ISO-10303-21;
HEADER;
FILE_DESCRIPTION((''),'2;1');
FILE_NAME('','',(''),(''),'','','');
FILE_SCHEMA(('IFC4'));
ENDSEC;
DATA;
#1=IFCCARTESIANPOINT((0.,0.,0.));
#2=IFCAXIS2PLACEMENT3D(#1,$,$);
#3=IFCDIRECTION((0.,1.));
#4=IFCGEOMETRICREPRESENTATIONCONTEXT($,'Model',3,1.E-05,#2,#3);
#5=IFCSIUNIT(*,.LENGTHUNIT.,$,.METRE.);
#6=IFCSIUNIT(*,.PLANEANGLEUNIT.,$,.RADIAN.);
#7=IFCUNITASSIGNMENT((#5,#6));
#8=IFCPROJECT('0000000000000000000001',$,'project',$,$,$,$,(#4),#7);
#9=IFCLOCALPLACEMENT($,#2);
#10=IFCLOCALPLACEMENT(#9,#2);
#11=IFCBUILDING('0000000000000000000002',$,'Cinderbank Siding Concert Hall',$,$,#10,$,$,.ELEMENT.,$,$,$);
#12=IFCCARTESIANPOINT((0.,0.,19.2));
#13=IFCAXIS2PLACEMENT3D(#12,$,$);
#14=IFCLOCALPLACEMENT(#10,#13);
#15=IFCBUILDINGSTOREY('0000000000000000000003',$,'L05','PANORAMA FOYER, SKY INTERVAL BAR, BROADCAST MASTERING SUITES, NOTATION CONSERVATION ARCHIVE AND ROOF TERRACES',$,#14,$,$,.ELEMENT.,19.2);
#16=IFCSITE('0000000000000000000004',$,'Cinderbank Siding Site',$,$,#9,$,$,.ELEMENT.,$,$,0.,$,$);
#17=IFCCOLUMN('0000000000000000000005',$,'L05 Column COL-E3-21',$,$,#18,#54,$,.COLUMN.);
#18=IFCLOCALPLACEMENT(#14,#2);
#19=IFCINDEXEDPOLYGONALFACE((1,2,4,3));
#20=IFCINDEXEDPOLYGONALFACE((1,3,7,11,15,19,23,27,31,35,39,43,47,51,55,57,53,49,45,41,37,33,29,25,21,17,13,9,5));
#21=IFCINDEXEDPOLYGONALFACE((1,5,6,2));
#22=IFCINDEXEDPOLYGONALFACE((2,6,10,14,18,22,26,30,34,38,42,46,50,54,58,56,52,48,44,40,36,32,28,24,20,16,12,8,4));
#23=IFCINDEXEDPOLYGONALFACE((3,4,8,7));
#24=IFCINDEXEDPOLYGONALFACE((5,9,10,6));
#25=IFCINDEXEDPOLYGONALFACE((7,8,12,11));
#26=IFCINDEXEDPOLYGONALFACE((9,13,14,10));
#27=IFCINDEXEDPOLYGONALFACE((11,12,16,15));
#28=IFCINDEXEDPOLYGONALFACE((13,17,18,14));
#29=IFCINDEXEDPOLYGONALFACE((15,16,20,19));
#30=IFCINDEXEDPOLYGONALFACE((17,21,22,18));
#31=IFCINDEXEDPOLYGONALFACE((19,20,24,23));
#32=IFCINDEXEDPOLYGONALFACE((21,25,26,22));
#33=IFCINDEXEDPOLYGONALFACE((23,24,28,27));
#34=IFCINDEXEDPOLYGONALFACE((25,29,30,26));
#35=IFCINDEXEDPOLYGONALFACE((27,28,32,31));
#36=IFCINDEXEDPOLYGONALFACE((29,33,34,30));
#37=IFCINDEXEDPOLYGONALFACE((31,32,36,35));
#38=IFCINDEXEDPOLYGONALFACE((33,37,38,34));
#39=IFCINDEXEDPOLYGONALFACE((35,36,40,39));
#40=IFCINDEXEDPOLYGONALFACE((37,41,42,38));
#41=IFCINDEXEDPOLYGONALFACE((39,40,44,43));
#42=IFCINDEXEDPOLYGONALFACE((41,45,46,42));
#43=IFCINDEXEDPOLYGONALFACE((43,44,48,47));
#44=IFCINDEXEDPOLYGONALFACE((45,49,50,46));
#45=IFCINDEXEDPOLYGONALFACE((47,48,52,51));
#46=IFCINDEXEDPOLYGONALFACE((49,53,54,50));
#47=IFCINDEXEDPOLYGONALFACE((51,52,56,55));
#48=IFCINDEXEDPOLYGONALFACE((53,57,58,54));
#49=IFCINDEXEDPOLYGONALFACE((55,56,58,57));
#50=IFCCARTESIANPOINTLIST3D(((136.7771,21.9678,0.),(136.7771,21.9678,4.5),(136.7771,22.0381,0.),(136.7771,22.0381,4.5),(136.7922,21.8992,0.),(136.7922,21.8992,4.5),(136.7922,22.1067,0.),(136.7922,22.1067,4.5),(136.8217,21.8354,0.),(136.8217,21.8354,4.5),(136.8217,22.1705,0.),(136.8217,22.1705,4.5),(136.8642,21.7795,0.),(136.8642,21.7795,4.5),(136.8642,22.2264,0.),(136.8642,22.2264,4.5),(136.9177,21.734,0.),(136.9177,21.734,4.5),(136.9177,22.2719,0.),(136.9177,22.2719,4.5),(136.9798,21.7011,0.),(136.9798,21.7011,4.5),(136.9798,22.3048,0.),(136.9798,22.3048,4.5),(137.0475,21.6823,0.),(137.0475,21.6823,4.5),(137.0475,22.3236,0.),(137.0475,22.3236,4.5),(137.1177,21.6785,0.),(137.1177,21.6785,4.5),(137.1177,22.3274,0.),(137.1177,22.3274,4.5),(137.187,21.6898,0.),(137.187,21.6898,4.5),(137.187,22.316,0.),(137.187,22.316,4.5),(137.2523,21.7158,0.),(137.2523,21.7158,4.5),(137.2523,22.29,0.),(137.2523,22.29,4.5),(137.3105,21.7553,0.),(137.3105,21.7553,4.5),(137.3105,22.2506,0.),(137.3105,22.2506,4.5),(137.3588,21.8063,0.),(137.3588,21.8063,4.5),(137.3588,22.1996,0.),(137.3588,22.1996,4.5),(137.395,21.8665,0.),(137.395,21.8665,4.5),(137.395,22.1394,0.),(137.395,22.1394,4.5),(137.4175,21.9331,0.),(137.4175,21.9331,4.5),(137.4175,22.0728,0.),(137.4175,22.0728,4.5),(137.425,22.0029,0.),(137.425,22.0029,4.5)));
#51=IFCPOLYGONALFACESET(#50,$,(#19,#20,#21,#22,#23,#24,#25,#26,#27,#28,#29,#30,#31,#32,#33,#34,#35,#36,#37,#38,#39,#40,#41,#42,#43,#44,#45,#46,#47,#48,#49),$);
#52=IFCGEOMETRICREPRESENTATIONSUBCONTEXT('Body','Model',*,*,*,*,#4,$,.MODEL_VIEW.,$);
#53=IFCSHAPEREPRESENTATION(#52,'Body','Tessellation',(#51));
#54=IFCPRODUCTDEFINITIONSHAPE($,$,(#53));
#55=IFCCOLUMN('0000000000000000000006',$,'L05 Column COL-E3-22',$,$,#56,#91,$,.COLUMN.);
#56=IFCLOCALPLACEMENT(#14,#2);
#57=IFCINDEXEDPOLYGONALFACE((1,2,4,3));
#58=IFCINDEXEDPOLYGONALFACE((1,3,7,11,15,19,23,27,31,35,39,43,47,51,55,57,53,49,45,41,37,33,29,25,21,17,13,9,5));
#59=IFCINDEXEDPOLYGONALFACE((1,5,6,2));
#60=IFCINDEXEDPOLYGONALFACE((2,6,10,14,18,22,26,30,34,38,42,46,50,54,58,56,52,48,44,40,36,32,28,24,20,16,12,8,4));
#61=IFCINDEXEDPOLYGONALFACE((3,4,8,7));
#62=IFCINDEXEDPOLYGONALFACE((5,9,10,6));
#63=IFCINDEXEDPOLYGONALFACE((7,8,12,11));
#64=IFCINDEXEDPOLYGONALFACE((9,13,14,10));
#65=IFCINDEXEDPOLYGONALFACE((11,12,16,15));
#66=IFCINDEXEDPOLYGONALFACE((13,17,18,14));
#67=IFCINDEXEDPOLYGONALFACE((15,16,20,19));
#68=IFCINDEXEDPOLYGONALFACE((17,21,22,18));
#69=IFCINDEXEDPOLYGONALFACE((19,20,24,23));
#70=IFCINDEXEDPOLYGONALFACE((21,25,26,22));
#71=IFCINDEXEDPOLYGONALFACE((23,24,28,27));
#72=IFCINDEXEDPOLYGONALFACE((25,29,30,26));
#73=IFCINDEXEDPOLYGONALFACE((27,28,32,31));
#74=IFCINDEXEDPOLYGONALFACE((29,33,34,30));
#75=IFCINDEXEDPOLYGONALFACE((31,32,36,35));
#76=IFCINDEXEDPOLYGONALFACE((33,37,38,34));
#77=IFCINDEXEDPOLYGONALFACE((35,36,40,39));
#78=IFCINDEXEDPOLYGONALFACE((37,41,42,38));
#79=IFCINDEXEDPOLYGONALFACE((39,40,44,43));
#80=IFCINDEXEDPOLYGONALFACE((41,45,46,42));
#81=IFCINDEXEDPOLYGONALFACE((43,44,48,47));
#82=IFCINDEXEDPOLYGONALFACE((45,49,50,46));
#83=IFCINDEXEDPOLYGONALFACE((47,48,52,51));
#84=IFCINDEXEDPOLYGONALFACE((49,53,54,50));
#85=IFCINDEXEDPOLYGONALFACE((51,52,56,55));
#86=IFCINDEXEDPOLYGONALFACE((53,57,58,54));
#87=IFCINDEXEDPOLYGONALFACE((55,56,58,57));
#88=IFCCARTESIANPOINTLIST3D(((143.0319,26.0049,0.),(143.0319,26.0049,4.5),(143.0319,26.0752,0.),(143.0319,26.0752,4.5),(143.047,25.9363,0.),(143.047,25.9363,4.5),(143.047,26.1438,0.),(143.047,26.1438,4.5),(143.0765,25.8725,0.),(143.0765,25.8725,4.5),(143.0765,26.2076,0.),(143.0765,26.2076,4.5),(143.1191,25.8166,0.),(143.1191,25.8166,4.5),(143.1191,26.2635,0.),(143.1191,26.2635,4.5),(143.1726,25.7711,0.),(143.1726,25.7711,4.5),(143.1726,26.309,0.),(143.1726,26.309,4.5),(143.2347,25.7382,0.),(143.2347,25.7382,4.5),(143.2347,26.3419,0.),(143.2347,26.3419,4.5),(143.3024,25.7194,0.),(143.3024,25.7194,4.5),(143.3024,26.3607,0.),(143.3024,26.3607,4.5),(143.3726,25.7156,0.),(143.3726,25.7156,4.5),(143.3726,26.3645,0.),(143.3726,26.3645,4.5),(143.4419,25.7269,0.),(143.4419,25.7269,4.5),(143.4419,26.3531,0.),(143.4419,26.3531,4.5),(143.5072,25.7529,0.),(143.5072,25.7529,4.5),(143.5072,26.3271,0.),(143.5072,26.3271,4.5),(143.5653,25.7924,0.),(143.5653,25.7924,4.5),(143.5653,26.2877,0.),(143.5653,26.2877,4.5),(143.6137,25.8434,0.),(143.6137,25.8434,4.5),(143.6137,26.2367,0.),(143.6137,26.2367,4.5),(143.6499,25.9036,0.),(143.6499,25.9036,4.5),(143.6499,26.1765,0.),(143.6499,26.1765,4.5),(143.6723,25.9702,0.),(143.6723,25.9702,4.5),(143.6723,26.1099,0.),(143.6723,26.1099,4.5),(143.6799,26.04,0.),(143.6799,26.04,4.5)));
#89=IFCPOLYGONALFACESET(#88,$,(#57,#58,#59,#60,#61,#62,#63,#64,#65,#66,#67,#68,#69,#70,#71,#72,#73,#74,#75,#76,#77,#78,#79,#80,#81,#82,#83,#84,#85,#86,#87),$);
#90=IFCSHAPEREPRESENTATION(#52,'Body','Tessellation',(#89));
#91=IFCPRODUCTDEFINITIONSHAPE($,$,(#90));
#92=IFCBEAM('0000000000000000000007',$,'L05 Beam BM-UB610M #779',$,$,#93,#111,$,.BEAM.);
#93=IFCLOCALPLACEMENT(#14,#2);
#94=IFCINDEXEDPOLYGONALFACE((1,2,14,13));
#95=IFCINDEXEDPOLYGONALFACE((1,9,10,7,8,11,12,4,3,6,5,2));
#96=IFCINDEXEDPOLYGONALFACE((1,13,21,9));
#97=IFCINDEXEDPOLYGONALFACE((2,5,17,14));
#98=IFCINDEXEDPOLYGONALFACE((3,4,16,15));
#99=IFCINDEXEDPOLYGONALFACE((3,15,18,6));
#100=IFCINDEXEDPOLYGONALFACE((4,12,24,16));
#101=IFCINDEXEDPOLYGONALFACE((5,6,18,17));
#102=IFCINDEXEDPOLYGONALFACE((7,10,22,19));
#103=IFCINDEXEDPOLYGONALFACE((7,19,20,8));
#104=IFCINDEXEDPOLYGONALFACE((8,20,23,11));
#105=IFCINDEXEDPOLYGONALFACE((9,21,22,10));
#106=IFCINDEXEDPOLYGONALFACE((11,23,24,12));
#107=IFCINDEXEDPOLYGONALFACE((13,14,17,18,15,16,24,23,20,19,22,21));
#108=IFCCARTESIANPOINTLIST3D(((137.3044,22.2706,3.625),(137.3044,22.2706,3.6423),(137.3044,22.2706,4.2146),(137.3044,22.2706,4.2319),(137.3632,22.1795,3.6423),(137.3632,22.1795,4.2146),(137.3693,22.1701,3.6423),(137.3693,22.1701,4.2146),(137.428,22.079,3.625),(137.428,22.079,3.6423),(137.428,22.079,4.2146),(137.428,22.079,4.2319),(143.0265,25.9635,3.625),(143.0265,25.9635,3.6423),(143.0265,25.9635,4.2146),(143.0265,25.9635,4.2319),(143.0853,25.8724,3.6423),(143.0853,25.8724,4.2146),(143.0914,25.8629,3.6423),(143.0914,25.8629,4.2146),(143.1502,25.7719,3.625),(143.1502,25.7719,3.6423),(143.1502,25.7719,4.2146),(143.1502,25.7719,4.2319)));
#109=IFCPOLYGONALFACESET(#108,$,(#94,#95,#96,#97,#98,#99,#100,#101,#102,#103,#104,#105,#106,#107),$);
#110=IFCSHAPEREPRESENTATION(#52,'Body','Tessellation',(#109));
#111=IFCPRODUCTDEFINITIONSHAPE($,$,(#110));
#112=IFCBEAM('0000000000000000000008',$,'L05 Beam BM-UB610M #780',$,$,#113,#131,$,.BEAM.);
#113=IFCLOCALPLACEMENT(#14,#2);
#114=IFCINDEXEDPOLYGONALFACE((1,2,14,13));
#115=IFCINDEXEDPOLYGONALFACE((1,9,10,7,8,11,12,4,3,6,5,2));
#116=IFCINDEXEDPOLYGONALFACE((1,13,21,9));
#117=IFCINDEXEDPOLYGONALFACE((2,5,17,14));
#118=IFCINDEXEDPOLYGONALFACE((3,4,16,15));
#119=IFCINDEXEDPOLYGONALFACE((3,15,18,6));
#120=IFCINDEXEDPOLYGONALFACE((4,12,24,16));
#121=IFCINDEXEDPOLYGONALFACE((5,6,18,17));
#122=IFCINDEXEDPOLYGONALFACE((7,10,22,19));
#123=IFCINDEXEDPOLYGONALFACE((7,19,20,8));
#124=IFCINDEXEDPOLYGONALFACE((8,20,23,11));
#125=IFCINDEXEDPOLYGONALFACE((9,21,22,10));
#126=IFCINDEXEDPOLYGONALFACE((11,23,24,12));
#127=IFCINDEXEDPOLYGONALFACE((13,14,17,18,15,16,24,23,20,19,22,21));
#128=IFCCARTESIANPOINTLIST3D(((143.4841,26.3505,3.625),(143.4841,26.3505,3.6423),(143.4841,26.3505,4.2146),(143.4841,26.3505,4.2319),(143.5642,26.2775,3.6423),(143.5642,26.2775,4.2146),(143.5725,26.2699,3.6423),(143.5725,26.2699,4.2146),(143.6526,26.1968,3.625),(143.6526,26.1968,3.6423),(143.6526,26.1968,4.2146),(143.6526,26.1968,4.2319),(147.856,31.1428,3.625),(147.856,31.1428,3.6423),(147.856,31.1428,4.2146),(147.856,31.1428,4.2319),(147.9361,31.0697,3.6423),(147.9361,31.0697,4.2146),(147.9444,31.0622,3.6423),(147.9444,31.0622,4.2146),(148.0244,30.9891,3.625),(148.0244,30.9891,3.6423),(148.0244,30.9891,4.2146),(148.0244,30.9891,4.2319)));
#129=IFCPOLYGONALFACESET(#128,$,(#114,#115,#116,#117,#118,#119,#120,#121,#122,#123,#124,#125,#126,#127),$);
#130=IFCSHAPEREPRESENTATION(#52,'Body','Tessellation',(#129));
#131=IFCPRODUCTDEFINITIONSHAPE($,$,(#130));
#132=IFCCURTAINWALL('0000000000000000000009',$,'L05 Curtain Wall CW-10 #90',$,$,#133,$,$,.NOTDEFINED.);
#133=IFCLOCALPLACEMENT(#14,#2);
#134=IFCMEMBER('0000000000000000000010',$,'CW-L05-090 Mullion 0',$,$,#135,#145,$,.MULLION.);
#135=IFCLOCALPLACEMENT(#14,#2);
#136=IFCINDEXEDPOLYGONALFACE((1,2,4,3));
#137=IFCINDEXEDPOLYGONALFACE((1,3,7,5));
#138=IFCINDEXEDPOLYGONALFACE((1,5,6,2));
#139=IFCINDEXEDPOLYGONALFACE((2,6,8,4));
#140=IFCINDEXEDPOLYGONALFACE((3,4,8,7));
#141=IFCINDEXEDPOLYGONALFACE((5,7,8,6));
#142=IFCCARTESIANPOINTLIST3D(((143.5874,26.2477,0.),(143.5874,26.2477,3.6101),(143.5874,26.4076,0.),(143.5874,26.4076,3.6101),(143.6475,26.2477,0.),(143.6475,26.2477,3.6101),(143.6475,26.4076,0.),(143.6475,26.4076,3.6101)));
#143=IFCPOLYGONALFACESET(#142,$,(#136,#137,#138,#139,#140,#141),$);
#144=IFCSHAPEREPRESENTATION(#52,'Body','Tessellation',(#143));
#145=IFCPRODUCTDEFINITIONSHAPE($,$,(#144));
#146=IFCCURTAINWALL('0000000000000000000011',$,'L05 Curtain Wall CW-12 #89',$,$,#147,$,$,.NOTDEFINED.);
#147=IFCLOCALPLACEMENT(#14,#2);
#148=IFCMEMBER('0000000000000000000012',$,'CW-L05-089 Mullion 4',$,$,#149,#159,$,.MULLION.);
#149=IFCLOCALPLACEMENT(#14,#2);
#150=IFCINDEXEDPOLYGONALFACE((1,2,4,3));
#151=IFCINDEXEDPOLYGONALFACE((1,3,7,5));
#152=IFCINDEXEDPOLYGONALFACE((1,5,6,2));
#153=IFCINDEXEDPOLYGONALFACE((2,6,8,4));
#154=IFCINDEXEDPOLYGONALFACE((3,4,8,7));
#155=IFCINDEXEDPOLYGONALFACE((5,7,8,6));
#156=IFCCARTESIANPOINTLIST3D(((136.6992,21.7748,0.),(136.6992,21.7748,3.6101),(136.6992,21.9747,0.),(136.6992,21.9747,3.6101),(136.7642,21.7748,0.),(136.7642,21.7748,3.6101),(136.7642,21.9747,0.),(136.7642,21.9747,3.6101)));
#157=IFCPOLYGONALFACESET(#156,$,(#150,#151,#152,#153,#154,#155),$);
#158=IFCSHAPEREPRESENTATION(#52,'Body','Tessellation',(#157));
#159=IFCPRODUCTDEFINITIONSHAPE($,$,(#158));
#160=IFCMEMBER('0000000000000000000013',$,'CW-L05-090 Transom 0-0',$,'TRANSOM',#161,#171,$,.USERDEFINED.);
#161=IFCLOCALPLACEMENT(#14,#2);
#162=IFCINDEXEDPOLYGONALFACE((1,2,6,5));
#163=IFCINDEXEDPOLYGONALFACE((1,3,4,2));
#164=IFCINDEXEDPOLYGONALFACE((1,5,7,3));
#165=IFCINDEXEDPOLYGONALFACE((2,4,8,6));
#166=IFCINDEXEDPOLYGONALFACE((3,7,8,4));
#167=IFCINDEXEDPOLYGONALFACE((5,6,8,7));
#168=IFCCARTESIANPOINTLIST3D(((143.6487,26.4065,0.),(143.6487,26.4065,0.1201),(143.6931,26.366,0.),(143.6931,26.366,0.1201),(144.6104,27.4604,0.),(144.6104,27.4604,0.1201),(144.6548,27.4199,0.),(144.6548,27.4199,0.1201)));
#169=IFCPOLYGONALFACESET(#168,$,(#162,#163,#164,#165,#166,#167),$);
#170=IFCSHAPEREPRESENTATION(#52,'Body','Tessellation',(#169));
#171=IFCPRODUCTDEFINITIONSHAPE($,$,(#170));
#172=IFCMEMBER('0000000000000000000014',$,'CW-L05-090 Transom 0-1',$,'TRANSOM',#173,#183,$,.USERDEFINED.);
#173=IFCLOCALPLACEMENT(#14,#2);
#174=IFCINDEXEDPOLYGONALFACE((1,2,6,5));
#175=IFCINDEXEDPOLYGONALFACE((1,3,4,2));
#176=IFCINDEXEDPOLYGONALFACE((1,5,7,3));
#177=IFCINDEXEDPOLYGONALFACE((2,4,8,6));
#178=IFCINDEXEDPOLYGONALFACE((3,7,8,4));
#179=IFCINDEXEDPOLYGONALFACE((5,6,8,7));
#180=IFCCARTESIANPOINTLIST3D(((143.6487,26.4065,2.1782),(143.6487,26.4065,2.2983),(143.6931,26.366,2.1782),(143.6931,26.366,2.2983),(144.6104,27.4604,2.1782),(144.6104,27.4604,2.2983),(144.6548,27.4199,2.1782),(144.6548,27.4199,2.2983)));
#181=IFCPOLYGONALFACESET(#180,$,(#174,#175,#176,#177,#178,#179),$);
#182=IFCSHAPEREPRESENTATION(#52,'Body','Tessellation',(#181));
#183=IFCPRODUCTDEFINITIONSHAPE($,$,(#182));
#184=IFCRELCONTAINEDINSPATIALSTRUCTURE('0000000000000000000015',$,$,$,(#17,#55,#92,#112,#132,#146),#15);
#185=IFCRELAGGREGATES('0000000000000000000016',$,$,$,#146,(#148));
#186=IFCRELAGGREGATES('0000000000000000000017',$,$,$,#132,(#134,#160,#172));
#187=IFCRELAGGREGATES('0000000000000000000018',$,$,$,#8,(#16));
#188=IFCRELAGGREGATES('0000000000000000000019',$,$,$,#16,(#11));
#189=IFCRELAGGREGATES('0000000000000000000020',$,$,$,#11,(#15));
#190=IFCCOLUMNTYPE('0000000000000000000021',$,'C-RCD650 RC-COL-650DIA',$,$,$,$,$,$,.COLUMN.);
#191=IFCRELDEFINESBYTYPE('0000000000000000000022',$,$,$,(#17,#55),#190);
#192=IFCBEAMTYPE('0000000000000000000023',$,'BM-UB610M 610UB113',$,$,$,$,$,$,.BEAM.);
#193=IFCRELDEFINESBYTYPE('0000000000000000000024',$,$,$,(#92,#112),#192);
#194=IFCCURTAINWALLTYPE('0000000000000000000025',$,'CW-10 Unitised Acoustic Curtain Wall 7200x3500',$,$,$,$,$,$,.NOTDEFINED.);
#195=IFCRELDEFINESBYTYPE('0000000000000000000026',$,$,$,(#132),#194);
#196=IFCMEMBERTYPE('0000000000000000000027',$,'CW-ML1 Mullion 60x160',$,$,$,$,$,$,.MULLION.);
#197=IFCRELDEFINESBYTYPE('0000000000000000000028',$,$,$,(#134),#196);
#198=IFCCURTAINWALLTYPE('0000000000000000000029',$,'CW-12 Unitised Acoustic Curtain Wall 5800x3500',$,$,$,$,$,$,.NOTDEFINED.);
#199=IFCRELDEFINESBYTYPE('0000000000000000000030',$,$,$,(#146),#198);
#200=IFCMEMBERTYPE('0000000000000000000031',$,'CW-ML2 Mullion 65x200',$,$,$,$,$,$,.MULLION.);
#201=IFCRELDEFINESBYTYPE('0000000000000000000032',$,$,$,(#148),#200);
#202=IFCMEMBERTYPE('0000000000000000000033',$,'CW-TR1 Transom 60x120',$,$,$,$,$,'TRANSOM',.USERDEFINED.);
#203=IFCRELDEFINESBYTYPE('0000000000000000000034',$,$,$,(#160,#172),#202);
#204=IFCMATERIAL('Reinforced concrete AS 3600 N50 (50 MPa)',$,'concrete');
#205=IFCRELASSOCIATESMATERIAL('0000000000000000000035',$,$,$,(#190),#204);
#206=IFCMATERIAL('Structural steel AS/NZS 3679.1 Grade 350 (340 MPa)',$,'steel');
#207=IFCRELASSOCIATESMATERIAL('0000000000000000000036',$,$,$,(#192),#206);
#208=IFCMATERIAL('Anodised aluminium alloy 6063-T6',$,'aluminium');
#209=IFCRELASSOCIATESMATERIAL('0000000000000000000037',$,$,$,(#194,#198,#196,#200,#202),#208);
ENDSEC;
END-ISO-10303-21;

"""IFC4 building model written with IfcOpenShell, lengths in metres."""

from ifc_helpers import new_model, si_unit, direction, frame, origin, origin_2d, place, context, subcontext, project, spatial, rectangle, circle, i_section, extrude, material, material_profile, profile_set, type_object, element, aggregate, save


model = new_model("IFC4")

# Units and contexts
model_context = context("Model", 3, precision=1e-05, world=origin(), true_north=direction((0.0, 1.0)))
body_context = subcontext(model_context, "Body", "Model", "MODEL_VIEW")
ifc_project = project(units=[si_unit("LENGTHUNIT", "METRE"), si_unit("PLANEANGLEUNIT", "RADIAN")], contexts=[model_context])

# Site, building, storey
site_placement = place(None, origin())
site = spatial("IfcSite", under=ifc_project, at=site_placement, Name="Cinderbank Siding Site", CompositionType="ELEMENT", RefElevation=0.0)
building_placement = place(site_placement, origin())
building = spatial("IfcBuilding", under=site, at=building_placement, Name="Cinderbank Siding Concert Hall", CompositionType="ELEMENT")
storey_placement = place(building_placement, frame((0.0, 0.0, 19.2)))
storey = spatial("IfcBuildingStorey", under=building, at=storey_placement, Name="L05", Description="PANORAMA FOYER, SKY INTERVAL BAR, BROADCAST MASTERING SUITES, NOTATION CONSERVATION ARCHIVE AND ROOF TERRACES", CompositionType="ELEMENT", Elevation=19.2)

# Columns
ifc_material_1 = material(Name="Reinforced concrete AS 3600 N50 (50 MPa)", Category="concrete")
ifc_material_profile_1 = material_profile(ifc_material_1, circle(Radius=0.325, at=origin_2d()), Name="RC-COL-650DIA", Category="LoadBearing")
ifc_profile_set_1 = profile_set([ifc_material_profile_1], Name="Reinforced concrete AS 3600 N50 (50 MPa)")
column_type = type_object("IfcColumnType", Name="C-RCD650 RC-COL-650DIA", PredefinedType="COLUMN", material=ifc_profile_set_1)
for number, where, z_axis, x_axis, name in (
    (1, (137.1001, 22.0029, 0.0), (0.0, 0.0, 1.0), (1.0, 0.0, 0.0), "L05 Column COL-E3-21"),
    (2, (143.355, 26.04, 0.0), (0.0, 0.0, 1.0), (1.0, 0.0, 0.0), "L05 Column COL-E3-22"),
):
    element("IfcColumn", number, at=place(storey_placement, frame(where, z_axis=z_axis, x_axis=x_axis)), inside=storey, type_object=column_type, Name=name, PredefinedType="COLUMN", context=body_context, shape_type="SweptSolid", body=[
        extrude(circle(Radius=0.325, at=origin_2d()), origin(), (0.0, 0.0, 1.0), 4.5),
    ])

# Beams
ifc_material_2 = material(Name="Structural steel AS/NZS 3679.1 Grade 350 (340 MPa)", Category="steel")
ifc_material_profile_2 = material_profile(ifc_material_2, i_section(OverallWidth=0.228, OverallDepth=0.6069, WebThickness=0.0112, FlangeThickness=0.0173, at=origin_2d()), Name="610UB113", Category="LoadBearing")
ifc_profile_set_2 = profile_set([ifc_material_profile_2], Name="Structural steel AS/NZS 3679.1 Grade 350 (340 MPa)")
beam_type = type_object("IfcBeamType", Name="BM-UB610M 610UB113", PredefinedType="BEAM", material=ifc_profile_set_2)
beam_1_placement = place(storey_placement, frame((137.3662, 22.1748, 3.9285), z_axis=(0.84022, 0.542246, 0.0), x_axis=(-0.542246, 0.84022, 0.0)))
element("IfcBeam", 3, at=beam_1_placement, inside=storey, type_object=beam_type, Name="L05 Beam BM-UB610M #779", PredefinedType="BEAM", context=body_context, shape_type="SweptSolid", body=[
    extrude(i_section(OverallWidth=0.228, OverallDepth=0.6069, WebThickness=0.0112, FlangeThickness=0.0173, at=origin_2d()), origin(), (0.0, 0.0, 1.0), 6.8103),
])
beam_2_placement = place(storey_placement, frame((143.5684, 26.2737, 3.9285), z_axis=(0.673959, 0.738769, 0.0), x_axis=(-0.738769, 0.673959, 0.0)))
element("IfcBeam", 4, at=beam_2_placement, inside=storey, type_object=beam_type, Name="L05 Beam BM-UB610M #780", PredefinedType="BEAM", context=body_context, shape_type="SweptSolid", body=[
    extrude(i_section(OverallWidth=0.228, OverallDepth=0.6069, WebThickness=0.0112, FlangeThickness=0.0173, at=origin_2d()), origin(), (0.0, 0.0, 1.0), 6.4868),
])

# Curtain walls, members
ifc_material_3 = material(Name="Anodised aluminium alloy 6063-T6", Category="aluminium")
curtain_wall_type_1 = type_object("IfcCurtainWallType", Name="CW-10 Unitised Acoustic Curtain Wall 7200x3500", PredefinedType="NOTDEFINED", material=ifc_material_3)
curtain_wall_1_placement = place(storey_placement, origin())
curtain_wall_1 = element("IfcCurtainWall", 5, at=curtain_wall_1_placement, inside=storey, type_object=curtain_wall_type_1, Name="L05 Curtain Wall CW-10 #90", PredefinedType="NOTDEFINED")
ifc_material_profile_3 = material_profile(ifc_material_3, rectangle(XDim=0.0601, YDim=0.1599, at=origin_2d()), Name="ALU-MULL-60x160", Category="LoadBearing")
ifc_profile_set_3 = profile_set([ifc_material_profile_3], Name="Anodised aluminium alloy 6063-T6")
member_type_1 = type_object("IfcMemberType", Name="CW-ML1 Mullion 60x160", PredefinedType="MULLION", material=ifc_profile_set_3)
member_1_placement = place(storey_placement, frame((143.6174, 26.3276, 0.0), z_axis=(0.0, 0.0, 1.0), x_axis=(1.0, 0.0, 0.0)))
member_1 = element("IfcMember", 6, at=member_1_placement, type_object=member_type_1, Name="CW-L05-090 Mullion 0", PredefinedType="MULLION", context=body_context, shape_type="SweptSolid", body=[
    extrude(rectangle(XDim=0.0601, YDim=0.1599, at=origin_2d()), origin(), (0.0, 0.0, 1.0), 3.6101),
])
curtain_wall_type_2 = type_object("IfcCurtainWallType", Name="CW-12 Unitised Acoustic Curtain Wall 5800x3500", PredefinedType="NOTDEFINED", material=ifc_material_3)
curtain_wall_2_placement = place(storey_placement, origin())
curtain_wall_2 = element("IfcCurtainWall", 7, at=curtain_wall_2_placement, inside=storey, type_object=curtain_wall_type_2, Name="L05 Curtain Wall CW-12 #89", PredefinedType="NOTDEFINED")
ifc_material_profile_4 = material_profile(ifc_material_3, rectangle(XDim=0.0649, YDim=0.2, at=origin_2d()), Name="ALU-MULL-65x200", Category="LoadBearing")
ifc_profile_set_4 = profile_set([ifc_material_profile_4], Name="Anodised aluminium alloy 6063-T6")
member_type_2 = type_object("IfcMemberType", Name="CW-ML2 Mullion 65x200", PredefinedType="MULLION", material=ifc_profile_set_4)
member_2_placement = place(storey_placement, frame((136.7317, 21.8748, 0.0), z_axis=(0.0, 0.0, 1.0), x_axis=(1.0, 0.0, 0.0)))
member_2 = element("IfcMember", 8, at=member_2_placement, type_object=member_type_2, Name="CW-L05-089 Mullion 4", PredefinedType="MULLION", context=body_context, shape_type="SweptSolid", body=[
    extrude(rectangle(XDim=0.0649, YDim=0.2, at=origin_2d()), origin(), (0.0, 0.0, 1.0), 3.6101),
])
aggregate(curtain_wall_2, [member_2])

# Members
ifc_material_profile_5 = material_profile(ifc_material_3, rectangle(XDim=0.0601, YDim=0.1201, at=origin_2d()), Name="ALU-TRAN-60x120", Category="LoadBearing")
ifc_profile_set_5 = profile_set([ifc_material_profile_5], Name="Anodised aluminium alloy 6063-T6")
member_type_3 = type_object("IfcMemberType", Name="CW-TR1 Transom 60x120", ElementType="TRANSOM", PredefinedType="USERDEFINED", material=ifc_profile_set_5)
member_3_placement = place(storey_placement, frame((143.6709, 26.3862, 0.0601), z_axis=(0.674026, 0.738708, 0.0), x_axis=(-0.738708, 0.674026, 0.0)))
member_3 = element("IfcMember", 9, at=member_3_placement, type_object=member_type_3, Name="CW-L05-090 Transom 0-0", ObjectType="TRANSOM", PredefinedType="USERDEFINED", context=body_context, shape_type="SweptSolid", body=[
    extrude(rectangle(XDim=0.0601, YDim=0.1201, at=origin_2d()), origin(), (0.0, 0.0, 1.0), 1.4268),
])
member_4_placement = place(storey_placement, frame((143.6709, 26.3862, 2.2383), z_axis=(0.674026, 0.738708, 0.0), x_axis=(-0.738708, 0.674026, 0.0)))
member_4 = element("IfcMember", 10, at=member_4_placement, type_object=member_type_3, Name="CW-L05-090 Transom 0-1", ObjectType="TRANSOM", PredefinedType="USERDEFINED", context=body_context, shape_type="SweptSolid", body=[
    extrude(rectangle(XDim=0.0601, YDim=0.1201, at=origin_2d()), origin(), (0.0, 0.0, 1.0), 1.4268),
])

aggregate(curtain_wall_1, [member_1, member_3, member_4])

save(model, "model.ifc")
